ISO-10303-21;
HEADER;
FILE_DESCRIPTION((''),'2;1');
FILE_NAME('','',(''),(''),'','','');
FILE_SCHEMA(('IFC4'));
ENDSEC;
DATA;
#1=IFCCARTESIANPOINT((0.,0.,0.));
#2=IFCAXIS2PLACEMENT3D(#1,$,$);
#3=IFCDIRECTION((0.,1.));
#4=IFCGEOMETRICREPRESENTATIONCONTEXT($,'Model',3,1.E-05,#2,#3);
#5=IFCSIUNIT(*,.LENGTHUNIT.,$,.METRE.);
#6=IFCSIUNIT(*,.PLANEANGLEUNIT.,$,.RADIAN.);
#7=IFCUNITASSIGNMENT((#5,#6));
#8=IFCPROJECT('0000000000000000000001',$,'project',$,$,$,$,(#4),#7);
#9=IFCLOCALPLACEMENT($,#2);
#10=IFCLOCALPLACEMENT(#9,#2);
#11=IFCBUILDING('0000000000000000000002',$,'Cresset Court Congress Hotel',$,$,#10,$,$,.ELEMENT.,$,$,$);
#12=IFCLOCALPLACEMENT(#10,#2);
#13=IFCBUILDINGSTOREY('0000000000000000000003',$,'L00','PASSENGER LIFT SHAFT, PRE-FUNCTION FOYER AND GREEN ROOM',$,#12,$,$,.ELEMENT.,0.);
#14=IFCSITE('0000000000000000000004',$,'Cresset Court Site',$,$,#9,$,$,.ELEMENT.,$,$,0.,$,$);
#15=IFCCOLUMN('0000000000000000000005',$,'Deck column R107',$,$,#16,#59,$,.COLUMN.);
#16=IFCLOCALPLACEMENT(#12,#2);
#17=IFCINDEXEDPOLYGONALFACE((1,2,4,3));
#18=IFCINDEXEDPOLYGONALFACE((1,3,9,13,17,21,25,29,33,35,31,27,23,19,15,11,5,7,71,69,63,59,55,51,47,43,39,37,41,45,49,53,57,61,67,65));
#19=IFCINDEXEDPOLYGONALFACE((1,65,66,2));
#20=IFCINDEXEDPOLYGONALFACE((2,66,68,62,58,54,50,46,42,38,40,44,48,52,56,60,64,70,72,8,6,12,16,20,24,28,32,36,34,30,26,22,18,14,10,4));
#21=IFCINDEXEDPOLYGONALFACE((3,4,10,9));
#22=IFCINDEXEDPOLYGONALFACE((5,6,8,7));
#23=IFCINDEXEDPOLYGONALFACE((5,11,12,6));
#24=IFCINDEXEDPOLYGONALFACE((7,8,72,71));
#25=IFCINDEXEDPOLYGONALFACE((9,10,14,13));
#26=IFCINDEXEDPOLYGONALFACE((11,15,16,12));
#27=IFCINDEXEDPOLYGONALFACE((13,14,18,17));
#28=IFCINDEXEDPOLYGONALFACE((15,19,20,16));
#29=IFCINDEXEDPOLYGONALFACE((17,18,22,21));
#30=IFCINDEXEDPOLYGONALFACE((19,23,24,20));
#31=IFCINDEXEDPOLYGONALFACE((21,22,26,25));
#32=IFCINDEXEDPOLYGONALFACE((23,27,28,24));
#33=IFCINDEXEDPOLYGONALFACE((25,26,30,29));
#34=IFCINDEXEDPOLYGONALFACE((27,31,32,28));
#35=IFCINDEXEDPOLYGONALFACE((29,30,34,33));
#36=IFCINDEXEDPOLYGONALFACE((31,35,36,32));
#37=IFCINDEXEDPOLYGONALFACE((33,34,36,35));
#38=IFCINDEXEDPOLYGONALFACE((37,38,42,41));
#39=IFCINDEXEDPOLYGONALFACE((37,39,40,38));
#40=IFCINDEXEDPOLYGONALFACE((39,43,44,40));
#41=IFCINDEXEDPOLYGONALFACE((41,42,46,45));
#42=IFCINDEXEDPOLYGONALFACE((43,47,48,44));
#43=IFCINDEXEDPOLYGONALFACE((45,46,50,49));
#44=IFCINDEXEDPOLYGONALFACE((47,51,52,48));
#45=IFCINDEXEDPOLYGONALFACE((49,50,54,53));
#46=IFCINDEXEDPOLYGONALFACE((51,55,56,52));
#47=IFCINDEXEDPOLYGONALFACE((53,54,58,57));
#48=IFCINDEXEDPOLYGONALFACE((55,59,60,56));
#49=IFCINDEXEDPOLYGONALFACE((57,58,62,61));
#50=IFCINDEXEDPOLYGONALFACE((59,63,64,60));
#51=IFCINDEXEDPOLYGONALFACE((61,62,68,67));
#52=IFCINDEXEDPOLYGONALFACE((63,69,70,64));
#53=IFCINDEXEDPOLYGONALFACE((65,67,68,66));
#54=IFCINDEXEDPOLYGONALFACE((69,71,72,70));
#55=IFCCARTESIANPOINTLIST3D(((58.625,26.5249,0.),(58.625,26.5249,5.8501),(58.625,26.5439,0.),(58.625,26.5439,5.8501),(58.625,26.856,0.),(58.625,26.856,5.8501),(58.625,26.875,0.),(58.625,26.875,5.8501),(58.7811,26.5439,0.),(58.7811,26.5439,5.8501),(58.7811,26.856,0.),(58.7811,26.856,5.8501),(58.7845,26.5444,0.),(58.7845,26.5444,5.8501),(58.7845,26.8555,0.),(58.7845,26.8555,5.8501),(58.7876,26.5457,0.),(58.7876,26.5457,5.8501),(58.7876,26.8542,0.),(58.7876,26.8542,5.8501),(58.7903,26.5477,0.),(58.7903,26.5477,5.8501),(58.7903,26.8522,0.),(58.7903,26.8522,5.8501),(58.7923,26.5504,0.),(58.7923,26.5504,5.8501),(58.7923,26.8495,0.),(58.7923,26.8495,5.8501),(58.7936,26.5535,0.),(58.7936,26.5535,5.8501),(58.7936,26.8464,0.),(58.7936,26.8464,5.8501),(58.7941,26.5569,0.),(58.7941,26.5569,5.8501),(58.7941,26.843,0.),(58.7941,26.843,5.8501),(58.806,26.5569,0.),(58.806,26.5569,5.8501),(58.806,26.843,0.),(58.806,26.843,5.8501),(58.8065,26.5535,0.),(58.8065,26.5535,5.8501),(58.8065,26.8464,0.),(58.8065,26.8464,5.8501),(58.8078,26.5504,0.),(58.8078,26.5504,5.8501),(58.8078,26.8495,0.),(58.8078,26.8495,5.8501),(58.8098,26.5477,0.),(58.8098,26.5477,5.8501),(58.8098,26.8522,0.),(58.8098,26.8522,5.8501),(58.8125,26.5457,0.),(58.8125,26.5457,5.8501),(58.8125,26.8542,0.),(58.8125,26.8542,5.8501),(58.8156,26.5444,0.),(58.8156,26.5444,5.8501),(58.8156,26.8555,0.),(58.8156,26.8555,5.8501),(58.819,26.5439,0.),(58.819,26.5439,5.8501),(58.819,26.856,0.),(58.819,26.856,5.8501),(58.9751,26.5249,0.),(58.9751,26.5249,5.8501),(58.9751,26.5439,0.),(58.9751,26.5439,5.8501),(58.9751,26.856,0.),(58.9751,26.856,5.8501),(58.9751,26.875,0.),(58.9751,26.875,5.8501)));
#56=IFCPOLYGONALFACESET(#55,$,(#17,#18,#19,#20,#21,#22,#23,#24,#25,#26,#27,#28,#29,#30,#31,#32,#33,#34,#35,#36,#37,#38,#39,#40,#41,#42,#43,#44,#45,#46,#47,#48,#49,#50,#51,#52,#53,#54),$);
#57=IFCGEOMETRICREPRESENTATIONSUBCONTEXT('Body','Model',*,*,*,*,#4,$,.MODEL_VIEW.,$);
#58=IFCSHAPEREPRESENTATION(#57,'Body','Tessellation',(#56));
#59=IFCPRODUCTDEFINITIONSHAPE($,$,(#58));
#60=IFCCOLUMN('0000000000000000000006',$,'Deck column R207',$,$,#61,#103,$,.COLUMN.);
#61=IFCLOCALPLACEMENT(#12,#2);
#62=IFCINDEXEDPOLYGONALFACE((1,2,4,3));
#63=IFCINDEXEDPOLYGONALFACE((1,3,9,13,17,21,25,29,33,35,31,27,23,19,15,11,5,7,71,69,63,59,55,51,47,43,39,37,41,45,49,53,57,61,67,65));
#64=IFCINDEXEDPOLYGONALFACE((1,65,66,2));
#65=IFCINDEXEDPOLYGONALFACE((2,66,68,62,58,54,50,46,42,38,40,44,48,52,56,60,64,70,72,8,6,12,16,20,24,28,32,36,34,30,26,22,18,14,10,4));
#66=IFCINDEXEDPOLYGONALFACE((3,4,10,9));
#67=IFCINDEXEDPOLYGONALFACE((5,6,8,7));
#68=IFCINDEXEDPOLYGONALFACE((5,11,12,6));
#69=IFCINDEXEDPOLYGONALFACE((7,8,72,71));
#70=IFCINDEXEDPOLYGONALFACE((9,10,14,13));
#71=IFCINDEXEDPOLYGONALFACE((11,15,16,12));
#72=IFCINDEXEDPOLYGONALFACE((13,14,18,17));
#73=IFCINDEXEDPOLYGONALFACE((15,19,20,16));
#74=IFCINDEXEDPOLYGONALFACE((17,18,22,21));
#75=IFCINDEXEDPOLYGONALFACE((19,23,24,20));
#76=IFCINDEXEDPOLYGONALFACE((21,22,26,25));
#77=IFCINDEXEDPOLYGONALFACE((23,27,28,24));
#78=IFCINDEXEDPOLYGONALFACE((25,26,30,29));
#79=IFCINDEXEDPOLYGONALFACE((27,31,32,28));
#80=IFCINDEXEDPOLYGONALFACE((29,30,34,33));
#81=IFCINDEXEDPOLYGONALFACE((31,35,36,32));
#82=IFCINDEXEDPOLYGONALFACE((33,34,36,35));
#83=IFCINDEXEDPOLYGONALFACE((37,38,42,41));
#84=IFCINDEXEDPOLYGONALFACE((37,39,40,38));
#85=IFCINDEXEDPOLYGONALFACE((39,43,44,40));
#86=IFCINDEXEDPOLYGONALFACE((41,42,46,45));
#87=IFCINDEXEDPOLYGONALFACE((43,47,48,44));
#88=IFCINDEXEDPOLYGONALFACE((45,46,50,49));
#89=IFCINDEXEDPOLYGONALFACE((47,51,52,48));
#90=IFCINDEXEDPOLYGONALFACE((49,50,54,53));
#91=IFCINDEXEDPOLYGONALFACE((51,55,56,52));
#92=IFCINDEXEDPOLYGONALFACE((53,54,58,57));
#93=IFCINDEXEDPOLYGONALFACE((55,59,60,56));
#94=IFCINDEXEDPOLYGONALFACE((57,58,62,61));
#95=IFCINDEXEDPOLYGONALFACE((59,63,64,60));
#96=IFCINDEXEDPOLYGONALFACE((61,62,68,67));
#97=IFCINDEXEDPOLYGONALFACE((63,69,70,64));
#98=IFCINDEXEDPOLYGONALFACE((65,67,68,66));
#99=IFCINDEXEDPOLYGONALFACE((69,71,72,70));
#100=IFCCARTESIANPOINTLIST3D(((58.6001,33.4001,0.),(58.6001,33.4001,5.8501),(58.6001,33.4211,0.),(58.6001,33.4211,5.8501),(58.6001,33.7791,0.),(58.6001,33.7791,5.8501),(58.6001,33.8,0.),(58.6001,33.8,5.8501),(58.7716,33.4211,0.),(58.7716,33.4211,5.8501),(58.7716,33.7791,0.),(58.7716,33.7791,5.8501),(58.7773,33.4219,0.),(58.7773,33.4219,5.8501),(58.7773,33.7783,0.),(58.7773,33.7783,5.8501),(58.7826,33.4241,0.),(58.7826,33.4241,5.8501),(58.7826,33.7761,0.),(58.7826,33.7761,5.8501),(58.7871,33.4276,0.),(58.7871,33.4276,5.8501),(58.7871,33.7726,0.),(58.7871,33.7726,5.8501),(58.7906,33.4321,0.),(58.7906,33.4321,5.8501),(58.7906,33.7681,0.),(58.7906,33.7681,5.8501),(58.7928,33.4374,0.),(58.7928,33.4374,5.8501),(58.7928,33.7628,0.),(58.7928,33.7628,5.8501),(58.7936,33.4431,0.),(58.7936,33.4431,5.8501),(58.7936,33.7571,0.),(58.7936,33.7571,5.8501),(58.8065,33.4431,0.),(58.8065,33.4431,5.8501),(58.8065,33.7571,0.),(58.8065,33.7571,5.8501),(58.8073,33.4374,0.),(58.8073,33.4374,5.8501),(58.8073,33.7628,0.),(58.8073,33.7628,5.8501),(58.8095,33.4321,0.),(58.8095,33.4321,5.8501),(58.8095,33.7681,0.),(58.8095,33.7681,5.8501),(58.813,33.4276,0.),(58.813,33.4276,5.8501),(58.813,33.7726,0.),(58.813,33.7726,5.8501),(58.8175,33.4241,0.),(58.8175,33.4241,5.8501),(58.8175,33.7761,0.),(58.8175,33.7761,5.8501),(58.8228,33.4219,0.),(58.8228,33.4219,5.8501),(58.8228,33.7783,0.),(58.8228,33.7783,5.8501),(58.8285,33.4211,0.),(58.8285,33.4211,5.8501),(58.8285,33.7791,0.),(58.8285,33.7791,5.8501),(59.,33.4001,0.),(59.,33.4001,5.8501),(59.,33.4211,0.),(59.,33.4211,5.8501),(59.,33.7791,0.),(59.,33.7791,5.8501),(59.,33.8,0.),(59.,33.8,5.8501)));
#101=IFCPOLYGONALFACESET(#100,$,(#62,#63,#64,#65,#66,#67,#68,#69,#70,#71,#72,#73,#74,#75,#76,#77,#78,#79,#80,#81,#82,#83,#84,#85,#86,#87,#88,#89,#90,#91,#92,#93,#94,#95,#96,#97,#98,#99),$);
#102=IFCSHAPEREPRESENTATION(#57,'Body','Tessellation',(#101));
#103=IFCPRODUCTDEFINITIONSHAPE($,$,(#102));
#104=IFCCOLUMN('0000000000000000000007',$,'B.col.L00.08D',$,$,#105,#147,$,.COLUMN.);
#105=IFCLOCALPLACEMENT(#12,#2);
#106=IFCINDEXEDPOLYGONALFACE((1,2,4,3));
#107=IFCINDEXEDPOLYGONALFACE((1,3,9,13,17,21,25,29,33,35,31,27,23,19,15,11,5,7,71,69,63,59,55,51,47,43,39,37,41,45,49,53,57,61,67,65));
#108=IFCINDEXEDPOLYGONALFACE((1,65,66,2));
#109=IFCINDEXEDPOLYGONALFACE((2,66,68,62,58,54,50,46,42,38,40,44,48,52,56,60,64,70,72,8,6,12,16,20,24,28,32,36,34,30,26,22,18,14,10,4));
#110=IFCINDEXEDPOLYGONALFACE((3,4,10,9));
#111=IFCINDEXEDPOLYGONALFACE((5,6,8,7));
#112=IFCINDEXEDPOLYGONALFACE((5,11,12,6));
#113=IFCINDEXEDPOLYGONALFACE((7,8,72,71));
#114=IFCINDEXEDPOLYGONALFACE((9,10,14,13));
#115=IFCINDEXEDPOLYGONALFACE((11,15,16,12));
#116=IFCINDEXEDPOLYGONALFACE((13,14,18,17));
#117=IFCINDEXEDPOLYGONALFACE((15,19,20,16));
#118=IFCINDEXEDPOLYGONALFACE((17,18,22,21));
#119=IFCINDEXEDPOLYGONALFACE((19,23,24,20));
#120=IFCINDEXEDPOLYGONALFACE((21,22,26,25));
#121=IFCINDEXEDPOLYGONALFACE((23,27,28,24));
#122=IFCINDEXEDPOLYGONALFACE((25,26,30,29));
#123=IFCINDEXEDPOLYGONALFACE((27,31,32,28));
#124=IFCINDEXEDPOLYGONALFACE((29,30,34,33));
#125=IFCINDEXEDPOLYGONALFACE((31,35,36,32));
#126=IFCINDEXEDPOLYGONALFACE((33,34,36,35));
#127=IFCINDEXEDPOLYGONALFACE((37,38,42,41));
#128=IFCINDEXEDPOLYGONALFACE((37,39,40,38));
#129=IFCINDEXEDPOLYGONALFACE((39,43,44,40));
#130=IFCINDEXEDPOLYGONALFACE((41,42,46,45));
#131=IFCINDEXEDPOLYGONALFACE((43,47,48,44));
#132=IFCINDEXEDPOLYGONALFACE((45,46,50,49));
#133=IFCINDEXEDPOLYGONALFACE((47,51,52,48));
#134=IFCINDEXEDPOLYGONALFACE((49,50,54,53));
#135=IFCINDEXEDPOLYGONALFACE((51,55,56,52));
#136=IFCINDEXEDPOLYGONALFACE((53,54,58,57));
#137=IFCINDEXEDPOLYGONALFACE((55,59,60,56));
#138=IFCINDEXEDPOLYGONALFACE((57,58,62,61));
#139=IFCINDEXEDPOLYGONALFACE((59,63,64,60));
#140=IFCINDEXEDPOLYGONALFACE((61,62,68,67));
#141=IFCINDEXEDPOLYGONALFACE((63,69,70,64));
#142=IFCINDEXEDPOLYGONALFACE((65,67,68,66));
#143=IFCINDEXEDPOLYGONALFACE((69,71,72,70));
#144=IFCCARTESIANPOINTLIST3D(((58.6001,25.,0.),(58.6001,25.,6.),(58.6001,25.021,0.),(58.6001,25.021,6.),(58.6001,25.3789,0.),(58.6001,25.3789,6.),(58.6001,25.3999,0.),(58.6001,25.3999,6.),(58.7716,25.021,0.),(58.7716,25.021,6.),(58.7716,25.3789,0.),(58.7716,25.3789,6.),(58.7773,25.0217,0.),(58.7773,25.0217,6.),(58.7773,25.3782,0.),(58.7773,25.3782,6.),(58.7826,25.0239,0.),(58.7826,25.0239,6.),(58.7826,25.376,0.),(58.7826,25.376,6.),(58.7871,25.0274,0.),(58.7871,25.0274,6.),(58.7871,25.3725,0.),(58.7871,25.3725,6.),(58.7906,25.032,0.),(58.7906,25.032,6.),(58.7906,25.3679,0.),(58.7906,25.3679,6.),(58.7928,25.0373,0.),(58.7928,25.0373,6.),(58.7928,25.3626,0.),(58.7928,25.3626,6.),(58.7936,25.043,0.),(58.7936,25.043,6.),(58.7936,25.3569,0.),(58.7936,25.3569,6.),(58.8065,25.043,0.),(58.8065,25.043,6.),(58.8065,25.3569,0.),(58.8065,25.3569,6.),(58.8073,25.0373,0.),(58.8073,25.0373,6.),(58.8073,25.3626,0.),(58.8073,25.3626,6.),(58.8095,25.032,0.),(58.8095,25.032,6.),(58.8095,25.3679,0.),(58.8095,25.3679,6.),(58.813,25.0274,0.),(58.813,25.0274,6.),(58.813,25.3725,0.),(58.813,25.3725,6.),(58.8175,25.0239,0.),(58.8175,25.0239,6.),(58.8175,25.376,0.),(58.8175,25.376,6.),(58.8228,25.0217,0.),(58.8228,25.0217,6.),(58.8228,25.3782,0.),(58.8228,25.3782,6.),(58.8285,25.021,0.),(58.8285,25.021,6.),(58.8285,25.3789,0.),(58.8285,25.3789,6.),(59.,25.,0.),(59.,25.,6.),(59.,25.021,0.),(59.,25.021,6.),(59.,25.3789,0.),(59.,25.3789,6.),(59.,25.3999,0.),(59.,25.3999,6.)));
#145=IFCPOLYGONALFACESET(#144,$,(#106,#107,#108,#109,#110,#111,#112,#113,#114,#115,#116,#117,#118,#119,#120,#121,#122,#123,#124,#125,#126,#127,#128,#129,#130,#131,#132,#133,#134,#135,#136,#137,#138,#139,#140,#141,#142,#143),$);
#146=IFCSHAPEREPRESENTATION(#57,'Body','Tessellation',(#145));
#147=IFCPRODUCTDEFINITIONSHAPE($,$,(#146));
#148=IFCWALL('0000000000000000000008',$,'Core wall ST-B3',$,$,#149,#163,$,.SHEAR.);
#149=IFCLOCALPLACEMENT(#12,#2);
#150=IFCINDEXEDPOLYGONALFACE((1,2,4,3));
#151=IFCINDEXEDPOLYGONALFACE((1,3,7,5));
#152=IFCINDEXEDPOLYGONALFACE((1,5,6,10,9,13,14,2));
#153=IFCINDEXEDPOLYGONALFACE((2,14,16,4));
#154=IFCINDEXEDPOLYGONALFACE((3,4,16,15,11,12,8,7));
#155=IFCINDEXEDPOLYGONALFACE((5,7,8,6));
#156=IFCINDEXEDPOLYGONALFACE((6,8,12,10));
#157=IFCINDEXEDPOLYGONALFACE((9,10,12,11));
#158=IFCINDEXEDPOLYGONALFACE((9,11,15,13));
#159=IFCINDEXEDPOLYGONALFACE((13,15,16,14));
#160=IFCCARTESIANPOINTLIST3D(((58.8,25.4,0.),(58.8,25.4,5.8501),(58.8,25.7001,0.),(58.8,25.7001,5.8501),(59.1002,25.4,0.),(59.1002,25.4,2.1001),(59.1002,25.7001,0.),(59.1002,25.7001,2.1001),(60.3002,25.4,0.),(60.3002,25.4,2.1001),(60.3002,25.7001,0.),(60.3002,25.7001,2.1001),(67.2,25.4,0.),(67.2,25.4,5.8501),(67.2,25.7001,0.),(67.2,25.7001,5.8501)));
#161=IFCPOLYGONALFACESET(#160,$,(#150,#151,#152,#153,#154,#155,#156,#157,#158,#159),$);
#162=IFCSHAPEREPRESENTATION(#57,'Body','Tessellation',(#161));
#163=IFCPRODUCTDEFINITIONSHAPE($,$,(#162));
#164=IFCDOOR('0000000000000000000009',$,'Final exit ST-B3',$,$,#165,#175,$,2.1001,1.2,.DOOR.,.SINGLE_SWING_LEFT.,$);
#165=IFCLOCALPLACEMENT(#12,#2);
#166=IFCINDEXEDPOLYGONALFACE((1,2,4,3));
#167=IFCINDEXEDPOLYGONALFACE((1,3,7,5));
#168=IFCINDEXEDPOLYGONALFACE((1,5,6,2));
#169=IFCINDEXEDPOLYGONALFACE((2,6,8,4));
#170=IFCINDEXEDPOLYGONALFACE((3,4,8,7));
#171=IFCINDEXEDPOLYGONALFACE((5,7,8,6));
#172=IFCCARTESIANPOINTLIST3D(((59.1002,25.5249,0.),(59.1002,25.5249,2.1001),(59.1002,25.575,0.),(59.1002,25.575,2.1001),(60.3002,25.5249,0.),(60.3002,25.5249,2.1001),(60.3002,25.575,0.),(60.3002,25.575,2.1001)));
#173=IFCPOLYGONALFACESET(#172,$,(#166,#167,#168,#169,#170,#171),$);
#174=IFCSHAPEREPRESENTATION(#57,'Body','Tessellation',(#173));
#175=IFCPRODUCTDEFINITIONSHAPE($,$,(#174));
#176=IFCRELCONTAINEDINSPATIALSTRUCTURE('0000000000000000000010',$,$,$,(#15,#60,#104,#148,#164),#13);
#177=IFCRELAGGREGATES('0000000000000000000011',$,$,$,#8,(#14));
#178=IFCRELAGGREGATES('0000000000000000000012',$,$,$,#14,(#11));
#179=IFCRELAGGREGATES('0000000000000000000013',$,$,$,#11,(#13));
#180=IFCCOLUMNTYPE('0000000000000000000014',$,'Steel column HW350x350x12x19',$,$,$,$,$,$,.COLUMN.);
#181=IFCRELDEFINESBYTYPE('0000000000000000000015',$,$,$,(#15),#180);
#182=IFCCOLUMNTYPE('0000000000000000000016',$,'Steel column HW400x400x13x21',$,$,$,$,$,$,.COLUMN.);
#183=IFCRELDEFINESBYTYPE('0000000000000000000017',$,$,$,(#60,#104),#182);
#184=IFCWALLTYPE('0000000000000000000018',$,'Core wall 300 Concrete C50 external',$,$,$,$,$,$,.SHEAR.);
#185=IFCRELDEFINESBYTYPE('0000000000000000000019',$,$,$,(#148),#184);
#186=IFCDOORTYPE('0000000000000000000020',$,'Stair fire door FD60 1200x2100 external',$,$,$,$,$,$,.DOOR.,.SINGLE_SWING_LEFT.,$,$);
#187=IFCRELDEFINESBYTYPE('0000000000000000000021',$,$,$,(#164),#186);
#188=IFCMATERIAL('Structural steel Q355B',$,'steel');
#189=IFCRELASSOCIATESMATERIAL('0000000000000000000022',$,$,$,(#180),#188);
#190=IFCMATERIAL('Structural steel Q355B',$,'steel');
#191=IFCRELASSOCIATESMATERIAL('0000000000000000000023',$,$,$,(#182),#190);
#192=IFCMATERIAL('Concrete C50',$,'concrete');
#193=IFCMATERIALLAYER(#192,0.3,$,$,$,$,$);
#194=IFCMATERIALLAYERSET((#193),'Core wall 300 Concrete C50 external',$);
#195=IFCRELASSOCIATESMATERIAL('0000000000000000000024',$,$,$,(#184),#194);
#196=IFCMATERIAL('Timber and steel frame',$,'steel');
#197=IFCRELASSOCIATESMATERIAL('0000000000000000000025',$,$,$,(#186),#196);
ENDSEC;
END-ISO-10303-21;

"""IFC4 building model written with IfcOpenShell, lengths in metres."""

from ifc_helpers import new_model, si_unit, direction, frame, frame_2d, origin, origin_2d, place, context, subcontext, project, spatial, rectangle, i_section, extrude, material, layer, layer_set, material_profile, profile_set, type_object, element, fill, save


model = new_model("IFC4")

# Units and contexts
model_context = context("Model", 3, precision=1e-05, world=origin(), true_north=direction((0.0, 1.0)))
body_context = subcontext(model_context, "Body", "Model", "MODEL_VIEW")
ifc_project = project(units=[si_unit("LENGTHUNIT", "METRE"), si_unit("PLANEANGLEUNIT", "RADIAN")], contexts=[model_context])

# Site, building, storey
site_placement = place(None, origin())
site = spatial("IfcSite", under=ifc_project, at=site_placement, Name="Cresset Court Site", CompositionType="ELEMENT", RefElevation=0.0)
building_placement = place(site_placement, origin())
building = spatial("IfcBuilding", under=site, at=building_placement, Name="Cresset Court Congress Hotel", CompositionType="ELEMENT")
storey_placement = place(building_placement, origin())
storey = spatial("IfcBuildingStorey", under=building, at=storey_placement, Name="L00", Description="PASSENGER LIFT SHAFT, PRE-FUNCTION FOYER AND GREEN ROOM", CompositionType="ELEMENT", Elevation=0.0)

# Columns
ifc_material_1 = material(Name="Structural steel Q355B", Category="steel")
ifc_material_profile_1 = material_profile(ifc_material_1, i_section(OverallWidth=0.3501, OverallDepth=0.3501, WebThickness=0.012, FlangeThickness=0.019, FilletRadius=0.0129, at=origin_2d()), Name="HW350x350x12x19")
ifc_profile_set_1 = profile_set([ifc_material_profile_1], Name="Structural steel Q355B")
column_type_1 = type_object("IfcColumnType", Name="Steel column HW350x350x12x19", PredefinedType="COLUMN", material=ifc_profile_set_1)
column_1_placement = place(storey_placement, frame((58.8, 26.7, 0.0), z_axis=(0.0, 0.0, 1.0), x_axis=(1.0, 0.0, 0.0)))
element("IfcColumn", 1, at=column_1_placement, inside=storey, type_object=column_type_1, Name="Deck column R107", PredefinedType="COLUMN", context=body_context, shape_type="SweptSolid", body=[
    extrude(i_section(OverallWidth=0.3501, OverallDepth=0.3501, WebThickness=0.012, FlangeThickness=0.019, FilletRadius=0.0129, at=origin_2d()), origin(), (0.0, 0.0, 1.0), 5.8501),
])
ifc_material_2 = material(Name="Structural steel Q355B", Category="steel")
ifc_material_profile_2 = material_profile(ifc_material_2, i_section(OverallWidth=0.3999, OverallDepth=0.3999, WebThickness=0.0129, FlangeThickness=0.021, FilletRadius=0.022, at=origin_2d()), Name="HW400x400x13x21")
ifc_profile_set_2 = profile_set([ifc_material_profile_2], Name="Structural steel Q355B")
column_type_2 = type_object("IfcColumnType", Name="Steel column HW400x400x13x21", PredefinedType="COLUMN", material=ifc_profile_set_2)
column_2_placement = place(storey_placement, frame((58.8, 33.6001, 0.0), z_axis=(0.0, 0.0, 1.0), x_axis=(1.0, 0.0, 0.0)))
element("IfcColumn", 2, at=column_2_placement, inside=storey, type_object=column_type_2, Name="Deck column R207", PredefinedType="COLUMN", context=body_context, shape_type="SweptSolid", body=[
    extrude(i_section(OverallWidth=0.3999, OverallDepth=0.3999, WebThickness=0.0129, FlangeThickness=0.021, FilletRadius=0.022, at=origin_2d()), origin(), (0.0, 0.0, 1.0), 5.8501),
])
column_3_placement = place(storey_placement, frame((58.8, 25.2, 0.0), z_axis=(0.0, 0.0, 1.0), x_axis=(1.0, 0.0, 0.0)))
element("IfcColumn", 3, at=column_3_placement, inside=storey, type_object=column_type_2, Name="B.col.L00.08D", PredefinedType="COLUMN", context=body_context, shape_type="SweptSolid", body=[
    extrude(i_section(OverallWidth=0.3999, OverallDepth=0.3999, WebThickness=0.0129, FlangeThickness=0.021, FilletRadius=0.022, at=origin_2d()), origin(), (0.0, 0.0, 1.0), 6.0),
])

# Wall, opening, door
ifc_material_3 = material(Name="Concrete C50", Category="concrete")
ifc_layer = layer(ifc_material_3, 0.3)
ifc_layer_set = layer_set([ifc_layer], Name="Core wall 300 Concrete C50 external")
wall_type = type_object("IfcWallType", Name="Core wall 300 Concrete C50 external", PredefinedType="SHEAR", material=ifc_layer_set)
wall_placement = place(storey_placement, frame((58.8, 25.55, 0.0), z_axis=(0.0, 0.0, 1.0), x_axis=(1.0, 0.0, 0.0)))
wall = element("IfcWall", 4, at=wall_placement, inside=storey, type_object=wall_type, Name="Core wall ST-B3", PredefinedType="SHEAR", context=body_context, shape_type="SweptSolid", body=[
    extrude(rectangle(XDim=8.3999, YDim=0.3, at=frame_2d((4.2, 0.0))), origin(), (0.0, 0.0, 1.0), 5.8501),
])
opening_placement = place(wall_placement, frame((0.3, 0.0, 0.0)))
opening = element("IfcOpeningElement", 5, at=opening_placement, cuts=wall, PredefinedType="OPENING", context=body_context, shape_type="SweptSolid", body=[
    extrude(rectangle(XDim=1.2, YDim=2.1001, at=frame_2d((0.6001, 1.05))), frame((0.0, 0.1599, 0.0), z_axis=(0.0, -1.0, 0.0), x_axis=(1.0, 0.0, 0.0)), (0.0, 0.0, 1.0), 0.3201),
])
ifc_material_4 = material(Name="Timber and steel frame", Category="steel")
door_type = type_object("IfcDoorType", Name="Stair fire door FD60 1200x2100 external", OperationType="SINGLE_SWING_LEFT", PredefinedType="DOOR", material=ifc_material_4)
door_placement = place(opening_placement, origin())
door = element("IfcDoor", 6, at=door_placement, inside=storey, type_object=door_type, Name="Final exit ST-B3", OperationType="SINGLE_SWING_LEFT", OverallHeight=2.1001, OverallWidth=1.2, PredefinedType="DOOR", context=body_context, shape_type="SweptSolid", body=[
    extrude(rectangle(XDim=1.2, YDim=2.1001, at=frame_2d((0.6001, 1.05))), frame((0.0, 0.0249, 0.0), z_axis=(0.0, -1.0, 0.0), x_axis=(1.0, 0.0, 0.0)), (0.0, 0.0, 1.0), 0.05),
])
fill(opening, door)

save(model, "model.ifc")
